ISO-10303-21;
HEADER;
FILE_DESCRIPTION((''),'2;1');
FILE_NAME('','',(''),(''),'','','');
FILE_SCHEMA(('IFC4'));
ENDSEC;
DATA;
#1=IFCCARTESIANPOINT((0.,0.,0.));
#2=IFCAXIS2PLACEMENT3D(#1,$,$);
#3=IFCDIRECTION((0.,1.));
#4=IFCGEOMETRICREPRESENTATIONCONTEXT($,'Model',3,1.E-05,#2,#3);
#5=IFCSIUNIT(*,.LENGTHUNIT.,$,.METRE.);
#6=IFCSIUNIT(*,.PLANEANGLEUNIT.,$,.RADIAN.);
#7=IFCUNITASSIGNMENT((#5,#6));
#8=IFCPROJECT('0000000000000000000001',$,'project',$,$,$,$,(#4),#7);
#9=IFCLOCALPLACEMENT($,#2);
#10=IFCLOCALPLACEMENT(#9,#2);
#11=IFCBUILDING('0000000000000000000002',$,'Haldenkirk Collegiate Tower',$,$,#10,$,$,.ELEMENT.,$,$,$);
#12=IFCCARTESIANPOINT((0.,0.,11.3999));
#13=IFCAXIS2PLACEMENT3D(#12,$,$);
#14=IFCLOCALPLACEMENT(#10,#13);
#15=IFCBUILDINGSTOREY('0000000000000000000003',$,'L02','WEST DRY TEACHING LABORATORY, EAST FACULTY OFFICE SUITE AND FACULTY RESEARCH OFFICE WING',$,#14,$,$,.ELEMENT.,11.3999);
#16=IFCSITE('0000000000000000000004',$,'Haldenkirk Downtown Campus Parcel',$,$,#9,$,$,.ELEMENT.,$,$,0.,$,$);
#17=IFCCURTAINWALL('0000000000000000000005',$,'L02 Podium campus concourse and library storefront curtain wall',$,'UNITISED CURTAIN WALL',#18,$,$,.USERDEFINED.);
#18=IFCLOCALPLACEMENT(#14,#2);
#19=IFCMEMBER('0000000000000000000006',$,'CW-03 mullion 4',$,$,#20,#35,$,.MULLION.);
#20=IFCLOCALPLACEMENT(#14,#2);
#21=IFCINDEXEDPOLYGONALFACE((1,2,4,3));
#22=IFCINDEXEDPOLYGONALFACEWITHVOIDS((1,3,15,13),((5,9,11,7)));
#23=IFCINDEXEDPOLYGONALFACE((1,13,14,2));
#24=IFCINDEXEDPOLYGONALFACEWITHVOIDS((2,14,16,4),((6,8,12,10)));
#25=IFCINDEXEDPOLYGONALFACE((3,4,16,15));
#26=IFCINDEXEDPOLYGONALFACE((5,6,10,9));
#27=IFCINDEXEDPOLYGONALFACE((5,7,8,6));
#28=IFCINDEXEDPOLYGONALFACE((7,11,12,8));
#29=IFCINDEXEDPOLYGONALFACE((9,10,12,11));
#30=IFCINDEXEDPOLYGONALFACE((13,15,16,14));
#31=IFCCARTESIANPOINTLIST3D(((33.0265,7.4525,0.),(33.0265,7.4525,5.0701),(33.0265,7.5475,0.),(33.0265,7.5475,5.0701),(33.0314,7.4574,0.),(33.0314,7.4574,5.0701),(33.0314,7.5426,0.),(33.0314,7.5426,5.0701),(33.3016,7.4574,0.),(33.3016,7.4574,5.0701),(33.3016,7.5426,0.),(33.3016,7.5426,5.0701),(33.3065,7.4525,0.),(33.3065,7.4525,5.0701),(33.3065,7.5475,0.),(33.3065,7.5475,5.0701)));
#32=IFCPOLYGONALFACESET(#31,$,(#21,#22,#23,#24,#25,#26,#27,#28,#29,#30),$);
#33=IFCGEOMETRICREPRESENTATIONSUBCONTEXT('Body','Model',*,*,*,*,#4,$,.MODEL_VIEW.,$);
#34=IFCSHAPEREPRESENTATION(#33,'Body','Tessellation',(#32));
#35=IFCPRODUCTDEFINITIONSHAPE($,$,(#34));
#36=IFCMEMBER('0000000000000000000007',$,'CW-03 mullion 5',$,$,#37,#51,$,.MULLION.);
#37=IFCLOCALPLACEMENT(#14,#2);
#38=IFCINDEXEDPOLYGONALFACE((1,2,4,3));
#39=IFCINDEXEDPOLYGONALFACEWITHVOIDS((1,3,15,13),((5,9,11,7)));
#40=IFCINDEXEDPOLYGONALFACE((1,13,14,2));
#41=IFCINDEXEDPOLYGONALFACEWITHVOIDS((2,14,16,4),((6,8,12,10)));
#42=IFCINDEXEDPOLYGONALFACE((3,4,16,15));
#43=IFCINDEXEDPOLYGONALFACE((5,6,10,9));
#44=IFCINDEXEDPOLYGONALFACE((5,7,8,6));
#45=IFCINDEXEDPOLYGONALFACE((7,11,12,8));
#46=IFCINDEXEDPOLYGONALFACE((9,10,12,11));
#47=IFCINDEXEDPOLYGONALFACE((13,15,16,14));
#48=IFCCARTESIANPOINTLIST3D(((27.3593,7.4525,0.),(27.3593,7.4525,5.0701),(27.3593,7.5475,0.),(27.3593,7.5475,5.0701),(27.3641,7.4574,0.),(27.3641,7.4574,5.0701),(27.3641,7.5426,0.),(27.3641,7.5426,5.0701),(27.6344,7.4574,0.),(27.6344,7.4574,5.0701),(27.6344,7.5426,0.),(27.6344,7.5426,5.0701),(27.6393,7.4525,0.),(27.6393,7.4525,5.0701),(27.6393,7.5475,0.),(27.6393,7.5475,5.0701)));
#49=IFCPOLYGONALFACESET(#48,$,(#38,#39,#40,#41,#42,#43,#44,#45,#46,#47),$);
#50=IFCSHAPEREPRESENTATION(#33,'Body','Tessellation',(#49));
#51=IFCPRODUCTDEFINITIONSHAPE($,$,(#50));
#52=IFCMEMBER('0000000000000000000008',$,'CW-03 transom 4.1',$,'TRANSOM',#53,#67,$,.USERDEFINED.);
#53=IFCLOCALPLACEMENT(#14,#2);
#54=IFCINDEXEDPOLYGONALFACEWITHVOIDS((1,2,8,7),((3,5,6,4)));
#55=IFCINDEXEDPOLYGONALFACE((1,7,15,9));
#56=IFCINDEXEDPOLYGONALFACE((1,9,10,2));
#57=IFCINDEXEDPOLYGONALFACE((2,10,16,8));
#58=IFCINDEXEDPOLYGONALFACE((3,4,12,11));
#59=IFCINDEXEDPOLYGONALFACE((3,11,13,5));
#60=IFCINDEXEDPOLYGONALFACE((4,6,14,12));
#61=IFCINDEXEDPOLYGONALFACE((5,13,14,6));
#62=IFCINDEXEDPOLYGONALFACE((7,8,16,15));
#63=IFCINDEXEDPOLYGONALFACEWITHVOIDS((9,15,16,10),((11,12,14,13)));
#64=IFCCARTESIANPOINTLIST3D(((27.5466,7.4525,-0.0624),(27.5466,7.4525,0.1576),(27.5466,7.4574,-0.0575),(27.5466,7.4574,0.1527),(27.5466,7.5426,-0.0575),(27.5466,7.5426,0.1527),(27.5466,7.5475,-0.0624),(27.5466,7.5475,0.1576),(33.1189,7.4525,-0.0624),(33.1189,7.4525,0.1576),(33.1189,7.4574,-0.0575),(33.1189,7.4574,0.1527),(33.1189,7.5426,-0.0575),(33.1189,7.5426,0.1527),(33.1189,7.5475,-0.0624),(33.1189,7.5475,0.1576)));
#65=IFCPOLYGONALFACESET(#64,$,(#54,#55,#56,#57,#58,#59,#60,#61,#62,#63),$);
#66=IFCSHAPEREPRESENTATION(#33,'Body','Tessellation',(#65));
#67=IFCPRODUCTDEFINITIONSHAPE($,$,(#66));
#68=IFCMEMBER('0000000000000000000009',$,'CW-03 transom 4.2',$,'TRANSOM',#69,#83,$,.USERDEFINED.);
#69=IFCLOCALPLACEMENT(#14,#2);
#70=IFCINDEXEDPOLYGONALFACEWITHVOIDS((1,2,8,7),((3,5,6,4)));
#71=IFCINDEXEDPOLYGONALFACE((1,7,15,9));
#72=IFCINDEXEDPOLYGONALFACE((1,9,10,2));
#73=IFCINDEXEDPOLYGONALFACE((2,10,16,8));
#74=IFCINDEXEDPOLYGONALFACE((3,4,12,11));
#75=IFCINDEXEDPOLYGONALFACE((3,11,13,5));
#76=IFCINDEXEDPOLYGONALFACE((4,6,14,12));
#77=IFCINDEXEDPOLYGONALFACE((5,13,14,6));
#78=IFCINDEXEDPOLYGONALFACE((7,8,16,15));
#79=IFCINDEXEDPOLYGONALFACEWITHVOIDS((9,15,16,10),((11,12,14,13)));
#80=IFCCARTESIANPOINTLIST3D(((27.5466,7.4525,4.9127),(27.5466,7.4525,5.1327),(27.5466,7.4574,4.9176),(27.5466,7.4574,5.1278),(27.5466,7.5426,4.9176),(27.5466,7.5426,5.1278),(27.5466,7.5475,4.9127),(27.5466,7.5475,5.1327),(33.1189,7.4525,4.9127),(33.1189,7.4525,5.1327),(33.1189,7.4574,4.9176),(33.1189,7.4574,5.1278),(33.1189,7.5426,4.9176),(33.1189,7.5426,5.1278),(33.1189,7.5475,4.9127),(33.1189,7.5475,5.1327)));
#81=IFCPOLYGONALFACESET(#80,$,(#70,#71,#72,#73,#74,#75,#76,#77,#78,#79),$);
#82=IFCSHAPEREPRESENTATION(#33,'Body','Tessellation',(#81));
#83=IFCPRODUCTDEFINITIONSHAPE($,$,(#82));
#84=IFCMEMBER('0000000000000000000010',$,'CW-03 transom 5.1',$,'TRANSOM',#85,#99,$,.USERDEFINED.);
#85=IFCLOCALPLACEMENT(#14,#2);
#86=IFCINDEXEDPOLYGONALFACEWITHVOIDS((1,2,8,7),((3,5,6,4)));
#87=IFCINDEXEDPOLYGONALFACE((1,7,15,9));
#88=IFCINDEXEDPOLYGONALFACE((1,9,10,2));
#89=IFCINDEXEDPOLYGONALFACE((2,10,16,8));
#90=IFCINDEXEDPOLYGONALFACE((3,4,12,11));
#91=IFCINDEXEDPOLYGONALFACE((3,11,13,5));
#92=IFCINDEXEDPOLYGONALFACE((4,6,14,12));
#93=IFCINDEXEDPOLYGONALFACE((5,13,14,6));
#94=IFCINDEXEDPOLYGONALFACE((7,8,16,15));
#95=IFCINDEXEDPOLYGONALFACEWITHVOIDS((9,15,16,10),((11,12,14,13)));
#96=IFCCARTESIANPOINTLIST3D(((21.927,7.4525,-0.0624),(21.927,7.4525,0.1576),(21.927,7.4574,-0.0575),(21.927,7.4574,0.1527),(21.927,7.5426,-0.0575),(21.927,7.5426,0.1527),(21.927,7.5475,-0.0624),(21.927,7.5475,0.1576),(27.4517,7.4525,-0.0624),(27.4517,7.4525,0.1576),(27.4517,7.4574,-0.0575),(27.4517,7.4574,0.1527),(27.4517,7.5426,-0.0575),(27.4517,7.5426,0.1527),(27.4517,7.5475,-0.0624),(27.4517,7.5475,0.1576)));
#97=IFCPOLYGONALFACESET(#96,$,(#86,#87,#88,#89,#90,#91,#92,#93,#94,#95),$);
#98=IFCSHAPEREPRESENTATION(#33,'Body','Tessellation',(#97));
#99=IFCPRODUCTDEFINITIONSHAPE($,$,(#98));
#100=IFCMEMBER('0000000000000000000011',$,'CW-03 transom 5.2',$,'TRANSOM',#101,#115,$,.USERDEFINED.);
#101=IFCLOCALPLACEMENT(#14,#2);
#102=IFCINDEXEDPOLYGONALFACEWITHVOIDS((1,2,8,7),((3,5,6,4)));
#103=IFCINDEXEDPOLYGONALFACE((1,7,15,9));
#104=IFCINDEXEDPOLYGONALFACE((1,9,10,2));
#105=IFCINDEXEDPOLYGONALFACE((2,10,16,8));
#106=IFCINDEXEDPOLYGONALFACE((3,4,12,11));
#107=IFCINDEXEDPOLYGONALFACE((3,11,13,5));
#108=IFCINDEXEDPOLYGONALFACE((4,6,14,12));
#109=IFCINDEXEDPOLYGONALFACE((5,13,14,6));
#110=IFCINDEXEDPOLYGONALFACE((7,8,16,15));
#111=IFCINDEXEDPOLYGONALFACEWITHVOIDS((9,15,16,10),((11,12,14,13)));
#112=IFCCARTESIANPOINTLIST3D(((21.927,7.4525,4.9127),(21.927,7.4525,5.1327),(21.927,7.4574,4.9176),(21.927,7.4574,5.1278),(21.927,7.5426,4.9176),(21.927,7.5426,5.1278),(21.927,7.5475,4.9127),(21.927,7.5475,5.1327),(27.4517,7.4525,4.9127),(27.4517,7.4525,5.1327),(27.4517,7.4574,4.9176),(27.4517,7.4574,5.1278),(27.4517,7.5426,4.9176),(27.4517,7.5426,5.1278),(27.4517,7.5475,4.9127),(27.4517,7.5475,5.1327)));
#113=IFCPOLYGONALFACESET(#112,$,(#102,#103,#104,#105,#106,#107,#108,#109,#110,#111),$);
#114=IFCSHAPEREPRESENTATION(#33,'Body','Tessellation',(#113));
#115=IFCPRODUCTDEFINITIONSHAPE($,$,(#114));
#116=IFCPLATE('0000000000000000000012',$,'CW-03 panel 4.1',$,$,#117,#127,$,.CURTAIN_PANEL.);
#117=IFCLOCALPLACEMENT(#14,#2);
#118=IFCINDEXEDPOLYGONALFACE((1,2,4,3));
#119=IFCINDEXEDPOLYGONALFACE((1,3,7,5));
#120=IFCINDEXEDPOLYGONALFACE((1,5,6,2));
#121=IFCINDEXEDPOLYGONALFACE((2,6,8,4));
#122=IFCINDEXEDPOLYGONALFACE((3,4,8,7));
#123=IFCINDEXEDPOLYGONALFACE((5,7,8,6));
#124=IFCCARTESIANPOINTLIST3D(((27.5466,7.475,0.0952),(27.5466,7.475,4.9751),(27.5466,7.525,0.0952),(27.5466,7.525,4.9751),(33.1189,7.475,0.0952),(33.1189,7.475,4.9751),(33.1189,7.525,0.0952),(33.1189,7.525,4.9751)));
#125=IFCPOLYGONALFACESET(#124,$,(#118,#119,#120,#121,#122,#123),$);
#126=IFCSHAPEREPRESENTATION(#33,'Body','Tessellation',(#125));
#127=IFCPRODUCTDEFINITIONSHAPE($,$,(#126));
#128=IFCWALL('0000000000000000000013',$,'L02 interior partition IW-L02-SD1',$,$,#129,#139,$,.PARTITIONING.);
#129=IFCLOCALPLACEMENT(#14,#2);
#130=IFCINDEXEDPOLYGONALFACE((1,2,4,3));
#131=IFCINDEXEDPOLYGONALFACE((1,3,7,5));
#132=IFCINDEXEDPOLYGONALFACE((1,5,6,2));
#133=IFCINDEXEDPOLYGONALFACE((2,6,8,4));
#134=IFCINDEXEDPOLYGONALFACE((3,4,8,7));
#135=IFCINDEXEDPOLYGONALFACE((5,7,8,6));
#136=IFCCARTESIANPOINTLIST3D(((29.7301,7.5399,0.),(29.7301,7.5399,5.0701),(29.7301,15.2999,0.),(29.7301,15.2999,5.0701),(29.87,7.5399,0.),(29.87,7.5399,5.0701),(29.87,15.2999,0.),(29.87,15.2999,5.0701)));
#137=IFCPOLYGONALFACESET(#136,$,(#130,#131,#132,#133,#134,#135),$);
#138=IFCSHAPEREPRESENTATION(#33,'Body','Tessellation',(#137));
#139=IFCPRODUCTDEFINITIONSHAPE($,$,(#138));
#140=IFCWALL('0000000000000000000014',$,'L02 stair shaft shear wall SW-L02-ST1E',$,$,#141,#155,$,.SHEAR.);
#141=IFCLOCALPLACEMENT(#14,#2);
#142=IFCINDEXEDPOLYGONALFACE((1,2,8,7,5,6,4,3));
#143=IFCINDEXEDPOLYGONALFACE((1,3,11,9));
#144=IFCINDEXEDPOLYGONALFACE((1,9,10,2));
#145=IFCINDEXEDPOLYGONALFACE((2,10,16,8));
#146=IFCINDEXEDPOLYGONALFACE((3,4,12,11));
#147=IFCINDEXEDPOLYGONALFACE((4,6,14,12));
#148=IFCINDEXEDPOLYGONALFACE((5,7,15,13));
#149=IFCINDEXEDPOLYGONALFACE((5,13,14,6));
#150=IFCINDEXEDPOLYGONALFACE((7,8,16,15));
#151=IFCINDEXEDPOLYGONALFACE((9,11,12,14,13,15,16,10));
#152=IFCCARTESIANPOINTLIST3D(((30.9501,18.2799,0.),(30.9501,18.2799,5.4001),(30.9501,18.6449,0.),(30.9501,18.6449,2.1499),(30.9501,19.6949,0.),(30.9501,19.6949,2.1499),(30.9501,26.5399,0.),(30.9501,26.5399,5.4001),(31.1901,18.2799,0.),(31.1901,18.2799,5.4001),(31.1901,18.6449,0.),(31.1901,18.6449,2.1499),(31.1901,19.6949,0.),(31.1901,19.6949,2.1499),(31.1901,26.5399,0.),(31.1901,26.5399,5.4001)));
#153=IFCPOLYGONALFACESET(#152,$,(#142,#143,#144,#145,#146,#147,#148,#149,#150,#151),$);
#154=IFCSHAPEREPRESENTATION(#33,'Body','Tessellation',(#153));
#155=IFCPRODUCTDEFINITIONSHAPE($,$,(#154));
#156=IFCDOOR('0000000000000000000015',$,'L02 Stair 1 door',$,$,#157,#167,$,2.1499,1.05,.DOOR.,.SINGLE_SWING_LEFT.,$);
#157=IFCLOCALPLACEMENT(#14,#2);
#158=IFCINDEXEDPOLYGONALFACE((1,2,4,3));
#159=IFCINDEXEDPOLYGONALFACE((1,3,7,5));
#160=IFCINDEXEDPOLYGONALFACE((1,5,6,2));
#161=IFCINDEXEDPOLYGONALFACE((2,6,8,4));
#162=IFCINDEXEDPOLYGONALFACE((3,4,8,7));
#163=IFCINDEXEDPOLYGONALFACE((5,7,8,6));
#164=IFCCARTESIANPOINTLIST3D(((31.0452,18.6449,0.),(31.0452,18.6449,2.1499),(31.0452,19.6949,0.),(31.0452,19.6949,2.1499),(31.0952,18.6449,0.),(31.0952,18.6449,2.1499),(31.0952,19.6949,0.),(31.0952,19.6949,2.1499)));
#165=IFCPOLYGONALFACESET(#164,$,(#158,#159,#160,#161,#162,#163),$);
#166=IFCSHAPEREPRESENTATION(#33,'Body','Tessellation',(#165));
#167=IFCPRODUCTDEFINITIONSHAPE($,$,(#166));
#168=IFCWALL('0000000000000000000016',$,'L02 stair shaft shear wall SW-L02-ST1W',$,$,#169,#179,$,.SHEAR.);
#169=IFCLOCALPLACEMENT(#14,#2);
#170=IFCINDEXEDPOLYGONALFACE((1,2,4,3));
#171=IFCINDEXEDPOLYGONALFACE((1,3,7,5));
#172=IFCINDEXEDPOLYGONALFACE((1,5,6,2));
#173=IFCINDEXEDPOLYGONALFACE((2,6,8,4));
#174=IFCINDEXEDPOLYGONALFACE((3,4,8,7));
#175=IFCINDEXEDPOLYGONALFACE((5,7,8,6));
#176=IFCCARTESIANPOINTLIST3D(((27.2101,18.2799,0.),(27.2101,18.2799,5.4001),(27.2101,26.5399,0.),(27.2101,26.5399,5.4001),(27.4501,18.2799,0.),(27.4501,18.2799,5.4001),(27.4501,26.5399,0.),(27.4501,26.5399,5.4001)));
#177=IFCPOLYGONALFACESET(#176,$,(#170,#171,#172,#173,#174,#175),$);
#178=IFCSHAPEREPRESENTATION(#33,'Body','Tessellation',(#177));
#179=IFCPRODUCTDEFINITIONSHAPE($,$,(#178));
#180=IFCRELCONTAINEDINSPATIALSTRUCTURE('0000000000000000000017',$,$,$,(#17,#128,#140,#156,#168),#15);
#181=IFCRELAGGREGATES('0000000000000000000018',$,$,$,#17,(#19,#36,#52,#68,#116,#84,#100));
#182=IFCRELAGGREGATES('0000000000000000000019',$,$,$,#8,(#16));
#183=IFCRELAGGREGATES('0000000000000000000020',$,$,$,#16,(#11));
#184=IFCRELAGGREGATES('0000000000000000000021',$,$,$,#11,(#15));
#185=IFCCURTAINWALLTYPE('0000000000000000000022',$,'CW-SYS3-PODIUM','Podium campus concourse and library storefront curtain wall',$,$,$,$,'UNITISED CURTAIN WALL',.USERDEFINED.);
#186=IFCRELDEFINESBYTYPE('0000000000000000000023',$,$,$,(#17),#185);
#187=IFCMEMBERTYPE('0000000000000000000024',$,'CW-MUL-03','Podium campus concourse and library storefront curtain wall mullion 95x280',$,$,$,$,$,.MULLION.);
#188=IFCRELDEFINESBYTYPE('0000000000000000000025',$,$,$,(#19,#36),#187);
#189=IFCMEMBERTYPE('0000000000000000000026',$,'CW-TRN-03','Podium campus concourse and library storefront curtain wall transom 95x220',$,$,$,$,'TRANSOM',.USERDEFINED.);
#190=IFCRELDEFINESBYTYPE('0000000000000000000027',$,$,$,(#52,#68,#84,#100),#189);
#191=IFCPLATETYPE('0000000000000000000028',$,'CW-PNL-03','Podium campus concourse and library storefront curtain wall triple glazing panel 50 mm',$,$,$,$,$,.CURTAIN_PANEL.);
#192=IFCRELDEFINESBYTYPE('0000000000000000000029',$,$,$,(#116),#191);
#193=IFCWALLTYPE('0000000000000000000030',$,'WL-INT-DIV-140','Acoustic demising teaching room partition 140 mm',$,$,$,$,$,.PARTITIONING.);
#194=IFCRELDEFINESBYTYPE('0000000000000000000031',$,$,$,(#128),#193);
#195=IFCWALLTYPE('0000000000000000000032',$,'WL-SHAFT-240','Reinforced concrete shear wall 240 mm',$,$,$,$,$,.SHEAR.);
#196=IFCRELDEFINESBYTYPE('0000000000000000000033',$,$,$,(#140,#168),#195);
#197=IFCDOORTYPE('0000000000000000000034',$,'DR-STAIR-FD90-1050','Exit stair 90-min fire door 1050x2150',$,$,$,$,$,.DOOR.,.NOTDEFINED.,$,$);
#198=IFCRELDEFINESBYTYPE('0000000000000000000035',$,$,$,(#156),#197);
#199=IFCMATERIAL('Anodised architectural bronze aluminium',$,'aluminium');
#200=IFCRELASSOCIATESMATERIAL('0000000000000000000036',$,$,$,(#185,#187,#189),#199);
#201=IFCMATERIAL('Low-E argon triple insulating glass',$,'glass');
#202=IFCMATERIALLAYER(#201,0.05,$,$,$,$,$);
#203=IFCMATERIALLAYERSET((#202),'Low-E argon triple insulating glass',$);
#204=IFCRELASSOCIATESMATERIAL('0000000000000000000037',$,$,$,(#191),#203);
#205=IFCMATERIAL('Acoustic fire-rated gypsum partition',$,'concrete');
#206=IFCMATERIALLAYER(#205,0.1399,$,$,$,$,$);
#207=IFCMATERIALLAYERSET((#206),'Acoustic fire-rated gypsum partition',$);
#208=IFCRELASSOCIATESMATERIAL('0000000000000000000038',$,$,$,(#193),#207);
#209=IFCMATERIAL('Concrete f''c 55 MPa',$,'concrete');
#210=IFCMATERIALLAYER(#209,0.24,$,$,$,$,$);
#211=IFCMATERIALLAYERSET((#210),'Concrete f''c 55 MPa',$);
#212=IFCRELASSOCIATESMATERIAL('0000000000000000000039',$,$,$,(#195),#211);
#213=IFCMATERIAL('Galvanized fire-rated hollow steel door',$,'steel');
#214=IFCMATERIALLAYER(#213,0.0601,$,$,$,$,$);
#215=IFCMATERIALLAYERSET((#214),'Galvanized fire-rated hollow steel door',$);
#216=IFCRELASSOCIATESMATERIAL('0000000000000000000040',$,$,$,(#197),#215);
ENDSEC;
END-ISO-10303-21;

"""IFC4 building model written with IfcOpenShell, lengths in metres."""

from ifc_helpers import new_model, si_unit, direction, frame, frame_2d, origin, origin_2d, place, context, subcontext, project, spatial, rectangle, hollow_rectangle, extrude, source, transform, mapped, material, layer, layer_set, material_profile, profile_set, type_object, element, fill, aggregate, save


model = new_model("IFC4")

# Units and contexts
model_context = context("Model", 3, precision=1e-05, world=origin(), true_north=direction((0.0, 1.0)))
body_context = subcontext(model_context, "Body", "Model", "MODEL_VIEW")
ifc_project = project(units=[si_unit("LENGTHUNIT", "METRE"), si_unit("PLANEANGLEUNIT", "RADIAN")], contexts=[model_context])

# Site, building, storey
site_placement = place(None, origin())
site = spatial("IfcSite", under=ifc_project, at=site_placement, Name="Haldenkirk Downtown Campus Parcel", CompositionType="ELEMENT", RefElevation=0.0)
building_placement = place(site_placement, origin())
building = spatial("IfcBuilding", under=site, at=building_placement, Name="Haldenkirk Collegiate Tower", CompositionType="ELEMENT")
storey_placement = place(building_placement, frame((0.0, 0.0, 11.3999)))
storey = spatial("IfcBuildingStorey", under=building, at=storey_placement, Name="L02", Description="WEST DRY TEACHING LABORATORY, EAST FACULTY OFFICE SUITE AND FACULTY RESEARCH OFFICE WING", CompositionType="ELEMENT", Elevation=11.3999)

# Curtain wall, members, plate
ifc_material_1 = material(Name="Anodised architectural bronze aluminium", Category="aluminium")
curtain_wall_type = type_object("IfcCurtainWallType", Name="CW-SYS3-PODIUM", Description="Podium campus concourse and library storefront curtain wall", ElementType="UNITISED CURTAIN WALL", PredefinedType="USERDEFINED", material=ifc_material_1)
curtain_wall_placement = place(storey_placement, origin())
curtain_wall = element("IfcCurtainWall", 1, at=curtain_wall_placement, inside=storey, type_object=curtain_wall_type, Name="L02 Podium campus concourse and library storefront curtain wall", ObjectType="UNITISED CURTAIN WALL", PredefinedType="USERDEFINED")
ifc_material_profile_1 = material_profile(ifc_material_1, hollow_rectangle(XDim=0.095, YDim=0.28, WallThickness=0.0049, at=origin_2d()), Name="CW-MUL-03")
ifc_profile_set_1 = profile_set([ifc_material_profile_1], Name="Anodised architectural bronze aluminium")
member_type_1 = type_object("IfcMemberType", Name="CW-MUL-03", Description="Podium campus concourse and library storefront curtain wall mullion 95x280", PredefinedType="MULLION", material=ifc_profile_set_1)
member_1_placement = place(storey_placement, frame((33.1665, 7.5, 0.0), z_axis=(0.0, 0.0, 1.0), x_axis=(0.0, -1.0, 0.0)))
member_1 = element("IfcMember", 2, at=member_1_placement, type_object=member_type_1, Name="CW-03 mullion 4", PredefinedType="MULLION", context=body_context, shape_type="SweptSolid", body=[
    extrude(hollow_rectangle(XDim=0.095, YDim=0.28, WallThickness=0.0049, at=origin_2d()), origin(), (0.0, 0.0, 1.0), 5.0701),
])
member_2_placement = place(storey_placement, frame((27.4993, 7.5, 0.0), z_axis=(0.0, 0.0, 1.0), x_axis=(0.0, -1.0, 0.0)))
member_2 = element("IfcMember", 3, at=member_2_placement, type_object=member_type_1, Name="CW-03 mullion 5", PredefinedType="MULLION", context=body_context, shape_type="SweptSolid", body=[
    extrude(hollow_rectangle(XDim=0.095, YDim=0.28, WallThickness=0.0049, at=origin_2d()), origin(), (0.0, 0.0, 1.0), 5.0701),
])
ifc_material_profile_2 = material_profile(ifc_material_1, hollow_rectangle(XDim=0.095, YDim=0.22, WallThickness=0.0049, at=origin_2d()), Name="CW-TRN-03")
ifc_profile_set_2 = profile_set([ifc_material_profile_2], Name="Anodised architectural bronze aluminium")
member_type_2 = type_object("IfcMemberType", Name="CW-TRN-03", Description="Podium campus concourse and library storefront curtain wall transom 95x220", ElementType="TRANSOM", PredefinedType="USERDEFINED", material=ifc_profile_set_2)
member_3_placement = place(storey_placement, frame((33.1189, 7.5, 0.0476), z_axis=(-1.0, 0.0, 0.0), x_axis=(0.0, -1.0, 0.0)))
member_3 = element("IfcMember", 4, at=member_3_placement, type_object=member_type_2, Name="CW-03 transom 4.1", ObjectType="TRANSOM", PredefinedType="USERDEFINED", context=body_context, shape_type="SweptSolid", body=[
    extrude(hollow_rectangle(XDim=0.095, YDim=0.22, WallThickness=0.0049, at=origin_2d()), origin(), (0.0, 0.0, 1.0), 5.5723),
])
member_4_placement = place(storey_placement, frame((33.1189, 7.5, 5.0227), z_axis=(-1.0, 0.0, 0.0), x_axis=(0.0, -1.0, 0.0)))
member_4 = element("IfcMember", 5, at=member_4_placement, type_object=member_type_2, Name="CW-03 transom 4.2", ObjectType="TRANSOM", PredefinedType="USERDEFINED", context=body_context, shape_type="SweptSolid", body=[
    extrude(hollow_rectangle(XDim=0.095, YDim=0.22, WallThickness=0.0049, at=origin_2d()), origin(), (0.0, 0.0, 1.0), 5.5723),
])
member_5_placement = place(storey_placement, frame((27.4517, 7.5, 0.0476), z_axis=(-1.0, 0.0, 0.0), x_axis=(0.0, -1.0, 0.0)))
member_5 = element("IfcMember", 6, at=member_5_placement, type_object=member_type_2, Name="CW-03 transom 5.1", ObjectType="TRANSOM", PredefinedType="USERDEFINED", context=body_context, shape_type="SweptSolid", body=[
    extrude(hollow_rectangle(XDim=0.095, YDim=0.22, WallThickness=0.0049, at=origin_2d()), origin(), (0.0, 0.0, 1.0), 5.5247),
])
member_6_placement = place(storey_placement, frame((27.4517, 7.5, 5.0227), z_axis=(-1.0, 0.0, 0.0), x_axis=(0.0, -1.0, 0.0)))
member_6 = element("IfcMember", 7, at=member_6_placement, type_object=member_type_2, Name="CW-03 transom 5.2", ObjectType="TRANSOM", PredefinedType="USERDEFINED", context=body_context, shape_type="SweptSolid", body=[
    extrude(hollow_rectangle(XDim=0.095, YDim=0.22, WallThickness=0.0049, at=origin_2d()), origin(), (0.0, 0.0, 1.0), 5.5247),
])
ifc_material_2 = material(Name="Low-E argon triple insulating glass", Category="glass")
ifc_layer_1 = layer(ifc_material_2, 0.05)
ifc_layer_set_1 = layer_set([ifc_layer_1], Name="Low-E argon triple insulating glass")
plate_type = type_object("IfcPlateType", Name="CW-PNL-03", Description="Podium campus concourse and library storefront curtain wall triple glazing panel 50 mm", PredefinedType="CURTAIN_PANEL", material=ifc_layer_set_1)
shared_shape = source(origin(), body_context, "Body", "SweptSolid", [
    extrude(rectangle(XDim=5.5723, YDim=0.05, at=origin_2d()), origin(), (0.0, 0.0, 1.0), 4.8799),
])
plate_placement = place(storey_placement, frame((30.3328, 7.5, 0.0952), z_axis=(0.0, 0.0, 1.0), x_axis=(-1.0, 0.0, 0.0)))
plate = element("IfcPlate", 8, at=plate_placement, type_object=plate_type, Name="CW-03 panel 4.1", PredefinedType="CURTAIN_PANEL", context=body_context, shape_type="MappedRepresentation", body=[
    mapped(shared_shape, transform((0.0, 0.0, 0.0), x_axis=(1.0, 0.0, 0.0), y_axis=(0.0, 1.0, 0.0), z_axis=(0.0, 0.0, 1.0), scale=1.0)),
])
aggregate(curtain_wall, [member_1, member_2, member_3, member_4, plate, member_5, member_6])

# Wall
ifc_material_3 = material(Name="Acoustic fire-rated gypsum partition", Category="concrete")
ifc_layer_2 = layer(ifc_material_3, 0.1399)
ifc_layer_set_2 = layer_set([ifc_layer_2], Name="Acoustic fire-rated gypsum partition")
wall_type_1 = type_object("IfcWallType", Name="WL-INT-DIV-140", Description="Acoustic demising teaching room partition 140 mm", PredefinedType="PARTITIONING", material=ifc_layer_set_2)
wall_1_placement = place(storey_placement, frame((29.8, 7.54, 0.0), z_axis=(0.0, 0.0, 1.0), x_axis=(0.0, 1.0, 0.0)))
element("IfcWall", 9, at=wall_1_placement, inside=storey, type_object=wall_type_1, Name="L02 interior partition IW-L02-SD1", PredefinedType="PARTITIONING", context=body_context, shape_type="SweptSolid", body=[
    extrude(rectangle(XDim=7.76, YDim=0.1399, at=frame_2d((3.8799, 0.0))), origin(), (0.0, 0.0, 1.0), 5.0701),
])

# Shared definitions
ifc_material_4 = material(Name="Galvanized fire-rated hollow steel door", Category="steel")

# Wall, opening, door
ifc_material_5 = material(Name="Concrete f'c 55 MPa", Category="concrete")
ifc_layer_3 = layer(ifc_material_5, 0.24)
ifc_layer_set_3 = layer_set([ifc_layer_3], Name="Concrete f'c 55 MPa")
wall_type_2 = type_object("IfcWallType", Name="WL-SHAFT-240", Description="Reinforced concrete shear wall 240 mm", PredefinedType="SHEAR", material=ifc_layer_set_3)
wall_2_placement = place(storey_placement, frame((31.0701, 18.28, 0.0), z_axis=(0.0, 0.0, 1.0), x_axis=(0.0, 1.0, 0.0)))
wall_2 = element("IfcWall", 10, at=wall_2_placement, inside=storey, type_object=wall_type_2, Name="L02 stair shaft shear wall SW-L02-ST1E", PredefinedType="SHEAR", context=body_context, shape_type="SweptSolid", body=[
    extrude(rectangle(XDim=8.26, YDim=0.24, at=frame_2d((4.1299, 0.0))), origin(), (0.0, 0.0, 1.0), 5.4001),
])
opening_1_placement = place(wall_2_placement, frame((0.365, 0.0, 0.0)))
opening_1 = element("IfcOpeningElement", 11, at=opening_1_placement, cuts=wall_2, PredefinedType="OPENING", context=body_context, shape_type="SweptSolid", body=[
    extrude(rectangle(XDim=1.05, YDim=2.1499, at=frame_2d((0.5249, 1.075))), frame((0.0, 0.1299, 0.0), z_axis=(0.0, -1.0, 0.0), x_axis=(1.0, 0.0, 0.0)), (0.0, 0.0, 1.0), 0.26),
])
ifc_layer_4 = layer(ifc_material_4, 0.0601)
ifc_layer_set_4 = layer_set([ifc_layer_4], Name="Galvanized fire-rated hollow steel door")
door_type_1 = type_object("IfcDoorType", Name="DR-STAIR-FD90-1050", Description="Exit stair 90-min fire door 1050x2150", OperationType="NOTDEFINED", PredefinedType="DOOR", material=ifc_layer_set_4)
door_1_placement = place(opening_1_placement, origin())
door_1 = element("IfcDoor", 12, at=door_1_placement, inside=storey, type_object=door_type_1, Name="L02 Stair 1 door", OperationType="SINGLE_SWING_LEFT", OverallHeight=2.1499, OverallWidth=1.05, PredefinedType="DOOR", context=body_context, shape_type="SweptSolid", body=[
    extrude(rectangle(XDim=1.05, YDim=2.1499, at=frame_2d((0.5249, 1.075))), frame((0.0, 0.0249, 0.0), z_axis=(0.0, -1.0, 0.0), x_axis=(1.0, 0.0, 0.0)), (0.0, 0.0, 1.0), 0.05),
])
fill(opening_1, door_1)

# Wall
wall_3_placement = place(storey_placement, frame((27.3301, 18.28, 0.0), z_axis=(0.0, 0.0, 1.0), x_axis=(0.0, 1.0, 0.0)))
element("IfcWall", 13, at=wall_3_placement, inside=storey, type_object=wall_type_2, Name="L02 stair shaft shear wall SW-L02-ST1W", PredefinedType="SHEAR", context=body_context, shape_type="SweptSolid", body=[
    extrude(rectangle(XDim=8.26, YDim=0.24, at=frame_2d((4.1299, 0.0))), origin(), (0.0, 0.0, 1.0), 5.4001),
])

save(model, "model.ifc")
